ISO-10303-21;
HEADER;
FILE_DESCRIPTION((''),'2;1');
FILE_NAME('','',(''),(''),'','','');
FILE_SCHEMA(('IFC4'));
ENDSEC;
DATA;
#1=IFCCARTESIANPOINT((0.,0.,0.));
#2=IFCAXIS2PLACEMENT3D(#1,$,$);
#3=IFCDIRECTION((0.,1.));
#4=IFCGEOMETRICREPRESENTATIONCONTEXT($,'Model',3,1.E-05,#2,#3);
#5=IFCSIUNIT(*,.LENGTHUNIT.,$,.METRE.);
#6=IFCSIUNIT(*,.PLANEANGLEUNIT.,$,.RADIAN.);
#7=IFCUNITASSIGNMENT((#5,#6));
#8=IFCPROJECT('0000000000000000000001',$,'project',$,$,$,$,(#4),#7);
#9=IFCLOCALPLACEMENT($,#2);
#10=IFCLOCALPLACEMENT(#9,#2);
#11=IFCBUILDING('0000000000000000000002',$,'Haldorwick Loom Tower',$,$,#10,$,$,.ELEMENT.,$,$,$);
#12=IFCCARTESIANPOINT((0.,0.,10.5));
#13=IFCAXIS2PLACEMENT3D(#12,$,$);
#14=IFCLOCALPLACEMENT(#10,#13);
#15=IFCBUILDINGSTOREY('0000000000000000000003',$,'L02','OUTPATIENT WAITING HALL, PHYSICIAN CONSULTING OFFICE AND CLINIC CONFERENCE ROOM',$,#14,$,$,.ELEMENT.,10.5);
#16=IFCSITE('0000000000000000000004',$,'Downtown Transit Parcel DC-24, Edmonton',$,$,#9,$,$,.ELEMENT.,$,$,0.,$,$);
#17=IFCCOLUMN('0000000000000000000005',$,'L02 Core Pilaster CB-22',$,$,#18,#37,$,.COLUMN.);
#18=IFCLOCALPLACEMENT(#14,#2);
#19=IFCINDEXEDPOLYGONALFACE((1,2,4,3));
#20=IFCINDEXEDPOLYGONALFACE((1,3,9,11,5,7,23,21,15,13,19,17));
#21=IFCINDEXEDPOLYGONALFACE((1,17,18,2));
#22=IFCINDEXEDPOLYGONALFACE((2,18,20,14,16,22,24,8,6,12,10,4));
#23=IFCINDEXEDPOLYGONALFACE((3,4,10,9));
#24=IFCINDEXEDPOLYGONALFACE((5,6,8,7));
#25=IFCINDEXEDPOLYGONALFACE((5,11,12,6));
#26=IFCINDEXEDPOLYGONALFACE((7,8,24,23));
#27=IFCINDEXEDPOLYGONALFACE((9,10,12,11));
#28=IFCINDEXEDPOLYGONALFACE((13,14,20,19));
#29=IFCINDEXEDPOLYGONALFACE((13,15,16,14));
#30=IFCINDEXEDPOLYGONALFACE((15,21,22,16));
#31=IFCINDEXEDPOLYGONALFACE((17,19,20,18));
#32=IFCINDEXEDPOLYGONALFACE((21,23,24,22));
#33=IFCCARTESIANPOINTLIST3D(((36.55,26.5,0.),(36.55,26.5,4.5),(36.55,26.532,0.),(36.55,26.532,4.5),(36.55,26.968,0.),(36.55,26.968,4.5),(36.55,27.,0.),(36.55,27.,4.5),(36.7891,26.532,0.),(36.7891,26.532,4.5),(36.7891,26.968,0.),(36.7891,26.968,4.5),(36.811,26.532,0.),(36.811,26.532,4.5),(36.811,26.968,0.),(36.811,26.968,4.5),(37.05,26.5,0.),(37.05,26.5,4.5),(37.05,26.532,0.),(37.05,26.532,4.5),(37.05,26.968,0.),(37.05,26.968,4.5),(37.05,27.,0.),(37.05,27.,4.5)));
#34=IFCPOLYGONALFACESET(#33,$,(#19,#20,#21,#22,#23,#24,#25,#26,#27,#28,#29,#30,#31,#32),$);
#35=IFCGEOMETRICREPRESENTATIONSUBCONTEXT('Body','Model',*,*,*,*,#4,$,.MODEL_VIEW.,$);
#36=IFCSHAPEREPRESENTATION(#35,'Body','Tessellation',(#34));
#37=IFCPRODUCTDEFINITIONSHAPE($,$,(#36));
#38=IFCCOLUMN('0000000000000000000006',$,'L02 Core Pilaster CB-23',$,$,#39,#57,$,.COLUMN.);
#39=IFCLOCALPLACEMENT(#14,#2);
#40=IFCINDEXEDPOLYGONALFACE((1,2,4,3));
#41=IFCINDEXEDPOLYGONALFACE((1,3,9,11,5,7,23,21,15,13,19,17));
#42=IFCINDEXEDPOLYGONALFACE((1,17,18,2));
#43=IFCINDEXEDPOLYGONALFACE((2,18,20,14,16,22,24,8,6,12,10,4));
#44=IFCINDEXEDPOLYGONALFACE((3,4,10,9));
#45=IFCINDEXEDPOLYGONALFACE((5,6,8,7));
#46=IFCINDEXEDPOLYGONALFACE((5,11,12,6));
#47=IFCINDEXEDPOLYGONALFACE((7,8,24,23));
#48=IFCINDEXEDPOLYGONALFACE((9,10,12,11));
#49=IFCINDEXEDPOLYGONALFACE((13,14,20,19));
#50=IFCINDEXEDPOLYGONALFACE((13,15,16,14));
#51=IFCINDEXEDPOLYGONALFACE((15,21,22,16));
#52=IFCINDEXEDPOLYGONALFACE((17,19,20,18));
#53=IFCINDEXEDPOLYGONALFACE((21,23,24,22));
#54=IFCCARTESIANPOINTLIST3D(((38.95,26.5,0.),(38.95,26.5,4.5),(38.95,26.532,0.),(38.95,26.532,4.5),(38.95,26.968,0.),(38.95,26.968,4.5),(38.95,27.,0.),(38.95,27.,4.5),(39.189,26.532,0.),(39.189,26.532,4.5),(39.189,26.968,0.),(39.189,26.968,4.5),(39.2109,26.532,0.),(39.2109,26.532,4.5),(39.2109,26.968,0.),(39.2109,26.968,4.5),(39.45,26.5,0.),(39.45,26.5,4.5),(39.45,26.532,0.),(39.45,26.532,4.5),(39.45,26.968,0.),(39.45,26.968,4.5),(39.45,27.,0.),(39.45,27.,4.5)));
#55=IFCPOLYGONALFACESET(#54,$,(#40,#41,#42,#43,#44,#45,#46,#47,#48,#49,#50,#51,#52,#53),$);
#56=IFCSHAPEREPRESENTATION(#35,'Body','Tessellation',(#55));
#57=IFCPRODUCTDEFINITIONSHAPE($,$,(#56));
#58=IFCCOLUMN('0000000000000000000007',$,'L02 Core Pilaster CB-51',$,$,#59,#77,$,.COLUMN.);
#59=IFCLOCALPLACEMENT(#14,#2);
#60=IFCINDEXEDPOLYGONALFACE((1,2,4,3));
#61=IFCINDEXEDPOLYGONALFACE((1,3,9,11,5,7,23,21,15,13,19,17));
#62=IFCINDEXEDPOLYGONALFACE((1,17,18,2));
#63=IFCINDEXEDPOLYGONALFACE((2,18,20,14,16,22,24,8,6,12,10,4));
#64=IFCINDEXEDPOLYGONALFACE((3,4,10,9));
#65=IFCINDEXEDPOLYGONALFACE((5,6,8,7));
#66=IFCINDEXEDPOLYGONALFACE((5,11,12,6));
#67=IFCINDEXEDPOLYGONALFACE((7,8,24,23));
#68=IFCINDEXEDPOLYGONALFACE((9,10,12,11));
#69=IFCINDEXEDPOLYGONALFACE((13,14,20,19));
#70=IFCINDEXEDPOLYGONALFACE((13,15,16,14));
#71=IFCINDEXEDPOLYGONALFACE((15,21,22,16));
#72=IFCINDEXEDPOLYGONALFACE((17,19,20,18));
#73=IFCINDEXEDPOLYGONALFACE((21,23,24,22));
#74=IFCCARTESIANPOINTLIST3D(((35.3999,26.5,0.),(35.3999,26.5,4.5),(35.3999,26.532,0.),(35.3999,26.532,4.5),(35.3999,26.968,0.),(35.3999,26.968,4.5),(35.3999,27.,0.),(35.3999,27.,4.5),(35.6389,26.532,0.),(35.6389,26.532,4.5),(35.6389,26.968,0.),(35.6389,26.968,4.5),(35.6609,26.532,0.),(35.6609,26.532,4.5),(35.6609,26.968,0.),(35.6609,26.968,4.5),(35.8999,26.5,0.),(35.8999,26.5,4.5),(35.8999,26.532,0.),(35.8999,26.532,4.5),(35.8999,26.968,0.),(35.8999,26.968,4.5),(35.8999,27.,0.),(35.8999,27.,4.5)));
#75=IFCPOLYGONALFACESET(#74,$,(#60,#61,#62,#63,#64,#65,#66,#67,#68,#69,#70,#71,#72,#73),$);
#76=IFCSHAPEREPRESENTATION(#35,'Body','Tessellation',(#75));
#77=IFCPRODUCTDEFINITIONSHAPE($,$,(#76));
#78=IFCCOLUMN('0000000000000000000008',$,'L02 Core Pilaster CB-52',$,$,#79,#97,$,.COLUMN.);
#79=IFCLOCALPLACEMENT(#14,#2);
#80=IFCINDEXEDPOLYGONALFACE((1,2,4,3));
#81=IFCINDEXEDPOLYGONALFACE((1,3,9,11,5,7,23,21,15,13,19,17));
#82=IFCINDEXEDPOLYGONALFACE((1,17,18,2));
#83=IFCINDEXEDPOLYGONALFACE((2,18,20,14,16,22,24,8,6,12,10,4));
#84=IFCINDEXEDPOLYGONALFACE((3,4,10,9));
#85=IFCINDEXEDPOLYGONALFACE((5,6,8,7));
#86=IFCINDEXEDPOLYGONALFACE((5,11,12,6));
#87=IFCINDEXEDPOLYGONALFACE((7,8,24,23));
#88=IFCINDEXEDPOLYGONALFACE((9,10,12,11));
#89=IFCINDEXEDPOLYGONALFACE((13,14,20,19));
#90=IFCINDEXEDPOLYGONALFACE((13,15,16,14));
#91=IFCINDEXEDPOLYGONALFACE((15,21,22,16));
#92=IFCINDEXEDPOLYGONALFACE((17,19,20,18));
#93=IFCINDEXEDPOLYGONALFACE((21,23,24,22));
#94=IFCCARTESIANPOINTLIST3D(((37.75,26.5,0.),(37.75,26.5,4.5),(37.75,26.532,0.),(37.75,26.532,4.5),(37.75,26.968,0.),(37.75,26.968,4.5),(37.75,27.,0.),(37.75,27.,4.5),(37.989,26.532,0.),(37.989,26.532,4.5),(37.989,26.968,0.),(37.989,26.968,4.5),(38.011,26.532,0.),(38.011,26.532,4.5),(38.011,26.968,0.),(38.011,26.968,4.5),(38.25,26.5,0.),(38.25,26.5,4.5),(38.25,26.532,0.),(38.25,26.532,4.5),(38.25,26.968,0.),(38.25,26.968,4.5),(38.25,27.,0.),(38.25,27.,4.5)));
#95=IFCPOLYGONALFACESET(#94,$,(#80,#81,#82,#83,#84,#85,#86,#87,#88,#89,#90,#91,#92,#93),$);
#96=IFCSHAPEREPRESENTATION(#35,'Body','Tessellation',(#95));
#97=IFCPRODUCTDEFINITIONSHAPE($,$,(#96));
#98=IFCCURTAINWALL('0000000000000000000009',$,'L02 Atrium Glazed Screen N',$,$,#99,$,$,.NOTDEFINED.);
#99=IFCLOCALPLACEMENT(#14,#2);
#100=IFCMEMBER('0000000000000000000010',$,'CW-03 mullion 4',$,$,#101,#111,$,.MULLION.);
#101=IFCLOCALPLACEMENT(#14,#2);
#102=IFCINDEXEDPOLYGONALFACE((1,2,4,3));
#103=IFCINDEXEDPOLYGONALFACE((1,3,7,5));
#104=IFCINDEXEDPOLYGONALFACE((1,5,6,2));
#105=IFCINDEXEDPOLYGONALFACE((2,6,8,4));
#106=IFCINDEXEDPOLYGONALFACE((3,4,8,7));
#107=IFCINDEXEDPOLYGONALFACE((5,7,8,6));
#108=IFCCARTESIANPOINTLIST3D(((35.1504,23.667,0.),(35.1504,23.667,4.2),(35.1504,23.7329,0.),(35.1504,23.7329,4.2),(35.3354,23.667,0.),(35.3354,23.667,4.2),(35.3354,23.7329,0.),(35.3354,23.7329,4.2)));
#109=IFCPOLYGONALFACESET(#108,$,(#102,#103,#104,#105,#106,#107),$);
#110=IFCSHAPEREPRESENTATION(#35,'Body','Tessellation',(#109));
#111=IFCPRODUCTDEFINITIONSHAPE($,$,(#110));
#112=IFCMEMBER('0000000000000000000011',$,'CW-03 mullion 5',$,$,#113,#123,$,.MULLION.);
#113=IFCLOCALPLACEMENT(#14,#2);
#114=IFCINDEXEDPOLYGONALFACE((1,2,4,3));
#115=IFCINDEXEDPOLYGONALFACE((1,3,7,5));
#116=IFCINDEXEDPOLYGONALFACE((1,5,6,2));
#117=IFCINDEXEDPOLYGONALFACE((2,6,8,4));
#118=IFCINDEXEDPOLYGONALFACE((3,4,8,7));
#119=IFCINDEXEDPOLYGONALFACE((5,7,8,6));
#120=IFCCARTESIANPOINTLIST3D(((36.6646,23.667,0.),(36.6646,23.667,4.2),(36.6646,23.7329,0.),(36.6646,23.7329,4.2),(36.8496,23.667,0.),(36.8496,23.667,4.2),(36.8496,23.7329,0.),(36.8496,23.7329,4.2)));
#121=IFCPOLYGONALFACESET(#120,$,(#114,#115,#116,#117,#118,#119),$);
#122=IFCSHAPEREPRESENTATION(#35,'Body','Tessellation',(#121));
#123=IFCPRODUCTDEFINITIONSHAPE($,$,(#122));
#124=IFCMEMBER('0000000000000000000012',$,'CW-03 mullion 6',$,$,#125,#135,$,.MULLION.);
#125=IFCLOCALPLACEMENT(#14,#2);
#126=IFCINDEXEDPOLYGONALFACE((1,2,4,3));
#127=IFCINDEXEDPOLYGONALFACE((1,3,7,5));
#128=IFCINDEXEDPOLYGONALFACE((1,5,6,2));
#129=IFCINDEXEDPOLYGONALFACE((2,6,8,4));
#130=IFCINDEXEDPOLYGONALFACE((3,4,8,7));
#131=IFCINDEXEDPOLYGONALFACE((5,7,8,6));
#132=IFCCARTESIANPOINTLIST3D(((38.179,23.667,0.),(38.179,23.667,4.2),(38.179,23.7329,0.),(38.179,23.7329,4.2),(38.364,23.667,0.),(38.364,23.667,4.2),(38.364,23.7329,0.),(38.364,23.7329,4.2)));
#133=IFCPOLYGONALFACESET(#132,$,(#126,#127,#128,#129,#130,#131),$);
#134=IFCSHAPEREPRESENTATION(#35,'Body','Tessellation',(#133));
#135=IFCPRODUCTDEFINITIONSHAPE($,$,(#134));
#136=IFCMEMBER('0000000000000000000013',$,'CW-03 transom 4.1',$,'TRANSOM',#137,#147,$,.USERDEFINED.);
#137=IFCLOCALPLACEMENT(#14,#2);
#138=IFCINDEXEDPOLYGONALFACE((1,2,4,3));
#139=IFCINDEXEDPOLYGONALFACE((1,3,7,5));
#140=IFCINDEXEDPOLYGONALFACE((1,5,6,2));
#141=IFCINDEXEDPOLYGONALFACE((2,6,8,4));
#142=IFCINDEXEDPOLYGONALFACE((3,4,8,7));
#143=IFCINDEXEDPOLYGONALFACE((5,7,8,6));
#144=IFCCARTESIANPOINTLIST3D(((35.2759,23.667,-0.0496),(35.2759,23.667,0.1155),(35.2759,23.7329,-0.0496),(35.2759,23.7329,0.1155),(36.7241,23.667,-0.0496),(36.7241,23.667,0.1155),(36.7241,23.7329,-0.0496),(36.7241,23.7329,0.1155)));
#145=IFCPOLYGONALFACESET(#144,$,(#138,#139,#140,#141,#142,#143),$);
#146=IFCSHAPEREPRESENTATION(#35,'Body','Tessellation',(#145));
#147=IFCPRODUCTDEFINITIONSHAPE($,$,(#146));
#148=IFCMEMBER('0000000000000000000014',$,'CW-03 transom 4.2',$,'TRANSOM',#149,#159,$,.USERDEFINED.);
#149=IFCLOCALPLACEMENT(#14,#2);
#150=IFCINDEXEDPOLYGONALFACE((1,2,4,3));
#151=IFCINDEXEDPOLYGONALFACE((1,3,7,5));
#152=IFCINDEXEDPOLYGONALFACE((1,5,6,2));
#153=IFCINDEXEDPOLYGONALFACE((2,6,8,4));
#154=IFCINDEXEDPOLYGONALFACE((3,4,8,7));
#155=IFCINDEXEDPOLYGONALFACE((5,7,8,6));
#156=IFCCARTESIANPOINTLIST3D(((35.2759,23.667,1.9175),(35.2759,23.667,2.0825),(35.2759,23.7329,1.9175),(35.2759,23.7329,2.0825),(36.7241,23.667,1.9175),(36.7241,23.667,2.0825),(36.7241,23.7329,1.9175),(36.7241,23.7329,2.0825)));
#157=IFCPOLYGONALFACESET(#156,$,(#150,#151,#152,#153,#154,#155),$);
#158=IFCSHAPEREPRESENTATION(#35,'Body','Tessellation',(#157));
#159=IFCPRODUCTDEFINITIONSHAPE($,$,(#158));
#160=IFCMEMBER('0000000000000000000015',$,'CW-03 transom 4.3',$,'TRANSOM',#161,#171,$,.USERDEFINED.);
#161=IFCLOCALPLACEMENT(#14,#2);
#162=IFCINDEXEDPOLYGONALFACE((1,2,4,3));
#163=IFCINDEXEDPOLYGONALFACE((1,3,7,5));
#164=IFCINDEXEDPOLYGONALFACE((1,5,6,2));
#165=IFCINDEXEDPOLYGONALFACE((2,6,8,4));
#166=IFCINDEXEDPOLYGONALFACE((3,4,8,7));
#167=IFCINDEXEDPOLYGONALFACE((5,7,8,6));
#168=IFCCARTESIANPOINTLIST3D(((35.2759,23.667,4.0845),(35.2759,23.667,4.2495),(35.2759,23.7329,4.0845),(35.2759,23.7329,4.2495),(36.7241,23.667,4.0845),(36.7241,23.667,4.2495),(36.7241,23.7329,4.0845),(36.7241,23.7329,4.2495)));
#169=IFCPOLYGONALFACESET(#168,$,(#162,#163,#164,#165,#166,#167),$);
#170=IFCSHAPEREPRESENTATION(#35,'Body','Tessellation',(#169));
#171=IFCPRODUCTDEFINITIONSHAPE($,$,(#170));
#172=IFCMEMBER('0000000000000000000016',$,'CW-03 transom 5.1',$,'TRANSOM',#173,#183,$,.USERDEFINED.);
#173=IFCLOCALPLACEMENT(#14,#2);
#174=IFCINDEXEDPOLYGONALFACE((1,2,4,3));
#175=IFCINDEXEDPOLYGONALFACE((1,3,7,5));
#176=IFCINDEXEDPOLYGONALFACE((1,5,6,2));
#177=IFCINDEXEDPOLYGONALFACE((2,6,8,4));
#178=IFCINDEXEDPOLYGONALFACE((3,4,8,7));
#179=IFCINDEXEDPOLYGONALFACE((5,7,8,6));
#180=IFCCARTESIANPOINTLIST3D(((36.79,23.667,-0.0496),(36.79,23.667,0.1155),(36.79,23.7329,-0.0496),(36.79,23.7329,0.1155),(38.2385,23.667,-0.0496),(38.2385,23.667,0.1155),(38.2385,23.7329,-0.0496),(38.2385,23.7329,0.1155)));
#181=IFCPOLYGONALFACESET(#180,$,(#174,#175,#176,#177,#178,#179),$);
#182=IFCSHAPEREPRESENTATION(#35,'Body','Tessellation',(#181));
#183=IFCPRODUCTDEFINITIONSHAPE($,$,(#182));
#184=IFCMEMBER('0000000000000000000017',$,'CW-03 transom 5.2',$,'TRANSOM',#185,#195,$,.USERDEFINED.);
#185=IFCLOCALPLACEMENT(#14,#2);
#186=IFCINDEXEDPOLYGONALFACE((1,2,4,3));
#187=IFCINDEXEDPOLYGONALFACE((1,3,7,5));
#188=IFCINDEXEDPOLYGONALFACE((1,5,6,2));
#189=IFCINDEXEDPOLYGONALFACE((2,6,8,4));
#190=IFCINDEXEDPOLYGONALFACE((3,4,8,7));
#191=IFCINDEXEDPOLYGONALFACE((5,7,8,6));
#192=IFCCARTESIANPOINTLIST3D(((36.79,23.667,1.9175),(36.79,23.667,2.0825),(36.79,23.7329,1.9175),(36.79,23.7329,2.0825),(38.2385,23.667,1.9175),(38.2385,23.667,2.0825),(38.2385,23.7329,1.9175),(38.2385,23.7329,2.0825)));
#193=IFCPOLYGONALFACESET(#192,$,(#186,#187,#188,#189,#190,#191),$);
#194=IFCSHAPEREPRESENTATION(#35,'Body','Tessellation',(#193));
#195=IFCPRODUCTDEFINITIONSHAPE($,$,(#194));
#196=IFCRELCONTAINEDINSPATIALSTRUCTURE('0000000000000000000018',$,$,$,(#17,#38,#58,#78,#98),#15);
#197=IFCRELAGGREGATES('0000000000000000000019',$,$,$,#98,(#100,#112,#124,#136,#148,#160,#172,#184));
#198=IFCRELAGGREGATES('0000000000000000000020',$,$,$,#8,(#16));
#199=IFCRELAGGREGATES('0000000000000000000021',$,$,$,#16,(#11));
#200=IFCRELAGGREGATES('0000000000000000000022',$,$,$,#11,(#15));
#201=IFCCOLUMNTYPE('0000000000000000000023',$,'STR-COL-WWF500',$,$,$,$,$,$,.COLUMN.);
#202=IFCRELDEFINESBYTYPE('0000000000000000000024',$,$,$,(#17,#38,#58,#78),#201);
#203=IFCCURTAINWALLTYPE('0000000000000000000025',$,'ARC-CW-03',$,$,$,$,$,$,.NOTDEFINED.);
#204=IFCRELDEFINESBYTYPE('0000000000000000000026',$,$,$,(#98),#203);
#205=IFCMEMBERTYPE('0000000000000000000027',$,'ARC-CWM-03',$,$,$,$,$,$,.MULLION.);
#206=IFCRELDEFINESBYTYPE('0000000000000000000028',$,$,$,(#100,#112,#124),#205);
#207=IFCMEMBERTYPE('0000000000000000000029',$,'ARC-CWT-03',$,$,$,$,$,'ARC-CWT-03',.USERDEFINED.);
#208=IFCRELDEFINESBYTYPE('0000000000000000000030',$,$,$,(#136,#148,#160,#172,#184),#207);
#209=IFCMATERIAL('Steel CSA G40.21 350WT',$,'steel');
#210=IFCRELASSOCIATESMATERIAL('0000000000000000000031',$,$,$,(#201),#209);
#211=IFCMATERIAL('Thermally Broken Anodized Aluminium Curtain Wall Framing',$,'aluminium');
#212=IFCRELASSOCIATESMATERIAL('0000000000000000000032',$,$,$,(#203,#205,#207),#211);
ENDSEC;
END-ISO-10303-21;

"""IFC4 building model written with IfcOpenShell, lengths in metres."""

from ifc_helpers import new_model, si_unit, direction, frame, origin, origin_2d, place, context, subcontext, project, spatial, rectangle, i_section, extrude, material, material_profile, profile_set, type_object, element, aggregate, save


model = new_model("IFC4")

# Units and contexts
model_context = context("Model", 3, precision=1e-05, world=origin(), true_north=direction((0.0, 1.0)))
body_context = subcontext(model_context, "Body", "Model", "MODEL_VIEW")
ifc_project = project(units=[si_unit("LENGTHUNIT", "METRE"), si_unit("PLANEANGLEUNIT", "RADIAN")], contexts=[model_context])

# Site, building, storey
site_placement = place(None, origin())
site = spatial("IfcSite", under=ifc_project, at=site_placement, Name="Downtown Transit Parcel DC-24, Edmonton", CompositionType="ELEMENT", RefElevation=0.0)
building_placement = place(site_placement, origin())
building = spatial("IfcBuilding", under=site, at=building_placement, Name="Haldorwick Loom Tower", CompositionType="ELEMENT")
storey_placement = place(building_placement, frame((0.0, 0.0, 10.5)))
storey = spatial("IfcBuildingStorey", under=building, at=storey_placement, Name="L02", Description="OUTPATIENT WAITING HALL, PHYSICIAN CONSULTING OFFICE AND CLINIC CONFERENCE ROOM", CompositionType="ELEMENT", Elevation=10.5)

# Columns
ifc_material_1 = material(Name="Steel CSA G40.21 350WT", Category="steel")
ifc_material_profile_1 = material_profile(ifc_material_1, i_section(OverallWidth=0.5, OverallDepth=0.5, WebThickness=0.022, FlangeThickness=0.032, at=origin_2d()), Name="WWF500X500", Category="steel")
ifc_profile_set_1 = profile_set([ifc_material_profile_1], Name="Steel CSA G40.21 350WT")
column_type = type_object("IfcColumnType", Name="STR-COL-WWF500", PredefinedType="COLUMN", material=ifc_profile_set_1)
for number, where, z_axis, x_axis, name in (
    (1, (36.8, 26.75, 0.0), (0.0, 0.0, 1.0), (1.0, 0.0, 0.0), "L02 Core Pilaster CB-22"),
    (2, (39.2, 26.75, 0.0), (0.0, 0.0, 1.0), (1.0, 0.0, 0.0), "L02 Core Pilaster CB-23"),
    (3, (35.6499, 26.75, 0.0), (0.0, 0.0, 1.0), (1.0, 0.0, 0.0), "L02 Core Pilaster CB-51"),
    (4, (38.0, 26.75, 0.0), (0.0, 0.0, 1.0), (1.0, 0.0, 0.0), "L02 Core Pilaster CB-52"),
):
    element("IfcColumn", number, at=place(storey_placement, frame(where, z_axis=z_axis, x_axis=x_axis)), inside=storey, type_object=column_type, Name=name, PredefinedType="COLUMN", context=body_context, shape_type="SweptSolid", body=[
        extrude(i_section(OverallWidth=0.5, OverallDepth=0.5, WebThickness=0.022, FlangeThickness=0.032, at=origin_2d()), origin(), (0.0, 0.0, 1.0), 4.5),
    ])

# Curtain wall, members
ifc_material_2 = material(Name="Thermally Broken Anodized Aluminium Curtain Wall Framing", Category="aluminium")
curtain_wall_type = type_object("IfcCurtainWallType", Name="ARC-CW-03", PredefinedType="NOTDEFINED", material=ifc_material_2)
curtain_wall_placement = place(storey_placement, origin())
curtain_wall = element("IfcCurtainWall", 5, at=curtain_wall_placement, inside=storey, type_object=curtain_wall_type, Name="L02 Atrium Glazed Screen N", PredefinedType="NOTDEFINED")
ifc_material_profile_2 = material_profile(ifc_material_2, rectangle(XDim=0.0659, YDim=0.1851, at=origin_2d()), Name="ALU_MUL_66X185", Category="aluminium")
ifc_profile_set_2 = profile_set([ifc_material_profile_2], Name="Thermally Broken Anodized Aluminium Curtain Wall Framing")
member_type_1 = type_object("IfcMemberType", Name="ARC-CWM-03", PredefinedType="MULLION", material=ifc_profile_set_2)
member_1_placement = place(storey_placement, frame((35.2429, 23.7, 0.0), z_axis=(0.0, 0.0, 1.0), x_axis=(0.0, 1.0, 0.0)))
member_1 = element("IfcMember", 6, at=member_1_placement, type_object=member_type_1, Name="CW-03 mullion 4", PredefinedType="MULLION", context=body_context, shape_type="SweptSolid", body=[
    extrude(rectangle(XDim=0.0659, YDim=0.1851, at=origin_2d()), origin(), (0.0, 0.0, 1.0), 4.2),
])
member_2_placement = place(storey_placement, frame((36.7571, 23.7, 0.0), z_axis=(0.0, 0.0, 1.0), x_axis=(0.0, 1.0, 0.0)))
member_2 = element("IfcMember", 7, at=member_2_placement, type_object=member_type_1, Name="CW-03 mullion 5", PredefinedType="MULLION", context=body_context, shape_type="SweptSolid", body=[
    extrude(rectangle(XDim=0.0659, YDim=0.1851, at=origin_2d()), origin(), (0.0, 0.0, 1.0), 4.2),
])
member_3_placement = place(storey_placement, frame((38.2715, 23.7, 0.0), z_axis=(0.0, 0.0, 1.0), x_axis=(0.0, 1.0, 0.0)))
member_3 = element("IfcMember", 8, at=member_3_placement, type_object=member_type_1, Name="CW-03 mullion 6", PredefinedType="MULLION", context=body_context, shape_type="SweptSolid", body=[
    extrude(rectangle(XDim=0.0659, YDim=0.1851, at=origin_2d()), origin(), (0.0, 0.0, 1.0), 4.2),
])
ifc_material_profile_3 = material_profile(ifc_material_2, rectangle(XDim=0.0659, YDim=0.165, at=origin_2d()), Name="ALU_TRN_66X165", Category="aluminium")
ifc_profile_set_3 = profile_set([ifc_material_profile_3], Name="Thermally Broken Anodized Aluminium Curtain Wall Framing")
member_type_2 = type_object("IfcMemberType", Name="ARC-CWT-03", ElementType="ARC-CWT-03", PredefinedType="USERDEFINED", material=ifc_profile_set_3)
member_4_placement = place(storey_placement, frame((35.2759, 23.7, 0.033), z_axis=(1.0, 0.0, 0.0), x_axis=(0.0, 1.0, 0.0)))
member_4 = element("IfcMember", 9, at=member_4_placement, type_object=member_type_2, Name="CW-03 transom 4.1", ObjectType="TRANSOM", PredefinedType="USERDEFINED", context=body_context, shape_type="SweptSolid", body=[
    extrude(rectangle(XDim=0.0659, YDim=0.165, at=origin_2d()), origin(), (0.0, 0.0, 1.0), 1.4482),
])
member_5_placement = place(storey_placement, frame((35.2759, 23.7, 2.0), z_axis=(1.0, 0.0, 0.0), x_axis=(0.0, 1.0, 0.0)))
member_5 = element("IfcMember", 10, at=member_5_placement, type_object=member_type_2, Name="CW-03 transom 4.2", ObjectType="TRANSOM", PredefinedType="USERDEFINED", context=body_context, shape_type="SweptSolid", body=[
    extrude(rectangle(XDim=0.0659, YDim=0.165, at=origin_2d()), origin(), (0.0, 0.0, 1.0), 1.4482),
])
member_6_placement = place(storey_placement, frame((35.2759, 23.7, 4.167), z_axis=(1.0, 0.0, 0.0), x_axis=(0.0, 1.0, 0.0)))
member_6 = element("IfcMember", 11, at=member_6_placement, type_object=member_type_2, Name="CW-03 transom 4.3", ObjectType="TRANSOM", PredefinedType="USERDEFINED", context=body_context, shape_type="SweptSolid", body=[
    extrude(rectangle(XDim=0.0659, YDim=0.165, at=origin_2d()), origin(), (0.0, 0.0, 1.0), 1.4482),
])
member_7_placement = place(storey_placement, frame((36.79, 23.7, 0.033), z_axis=(1.0, 0.0, 0.0), x_axis=(0.0, 1.0, 0.0)))
member_7 = element("IfcMember", 12, at=member_7_placement, type_object=member_type_2, Name="CW-03 transom 5.1", ObjectType="TRANSOM", PredefinedType="USERDEFINED", context=body_context, shape_type="SweptSolid", body=[
    extrude(rectangle(XDim=0.0659, YDim=0.165, at=origin_2d()), origin(), (0.0, 0.0, 1.0), 1.4485),
])
member_8_placement = place(storey_placement, frame((36.79, 23.7, 2.0), z_axis=(1.0, 0.0, 0.0), x_axis=(0.0, 1.0, 0.0)))
member_8 = element("IfcMember", 13, at=member_8_placement, type_object=member_type_2, Name="CW-03 transom 5.2", ObjectType="TRANSOM", PredefinedType="USERDEFINED", context=body_context, shape_type="SweptSolid", body=[
    extrude(rectangle(XDim=0.0659, YDim=0.165, at=origin_2d()), origin(), (0.0, 0.0, 1.0), 1.4485),
])
aggregate(curtain_wall, [member_1, member_2, member_3, member_4, member_5, member_6, member_7, member_8])

save(model, "model.ifc")
